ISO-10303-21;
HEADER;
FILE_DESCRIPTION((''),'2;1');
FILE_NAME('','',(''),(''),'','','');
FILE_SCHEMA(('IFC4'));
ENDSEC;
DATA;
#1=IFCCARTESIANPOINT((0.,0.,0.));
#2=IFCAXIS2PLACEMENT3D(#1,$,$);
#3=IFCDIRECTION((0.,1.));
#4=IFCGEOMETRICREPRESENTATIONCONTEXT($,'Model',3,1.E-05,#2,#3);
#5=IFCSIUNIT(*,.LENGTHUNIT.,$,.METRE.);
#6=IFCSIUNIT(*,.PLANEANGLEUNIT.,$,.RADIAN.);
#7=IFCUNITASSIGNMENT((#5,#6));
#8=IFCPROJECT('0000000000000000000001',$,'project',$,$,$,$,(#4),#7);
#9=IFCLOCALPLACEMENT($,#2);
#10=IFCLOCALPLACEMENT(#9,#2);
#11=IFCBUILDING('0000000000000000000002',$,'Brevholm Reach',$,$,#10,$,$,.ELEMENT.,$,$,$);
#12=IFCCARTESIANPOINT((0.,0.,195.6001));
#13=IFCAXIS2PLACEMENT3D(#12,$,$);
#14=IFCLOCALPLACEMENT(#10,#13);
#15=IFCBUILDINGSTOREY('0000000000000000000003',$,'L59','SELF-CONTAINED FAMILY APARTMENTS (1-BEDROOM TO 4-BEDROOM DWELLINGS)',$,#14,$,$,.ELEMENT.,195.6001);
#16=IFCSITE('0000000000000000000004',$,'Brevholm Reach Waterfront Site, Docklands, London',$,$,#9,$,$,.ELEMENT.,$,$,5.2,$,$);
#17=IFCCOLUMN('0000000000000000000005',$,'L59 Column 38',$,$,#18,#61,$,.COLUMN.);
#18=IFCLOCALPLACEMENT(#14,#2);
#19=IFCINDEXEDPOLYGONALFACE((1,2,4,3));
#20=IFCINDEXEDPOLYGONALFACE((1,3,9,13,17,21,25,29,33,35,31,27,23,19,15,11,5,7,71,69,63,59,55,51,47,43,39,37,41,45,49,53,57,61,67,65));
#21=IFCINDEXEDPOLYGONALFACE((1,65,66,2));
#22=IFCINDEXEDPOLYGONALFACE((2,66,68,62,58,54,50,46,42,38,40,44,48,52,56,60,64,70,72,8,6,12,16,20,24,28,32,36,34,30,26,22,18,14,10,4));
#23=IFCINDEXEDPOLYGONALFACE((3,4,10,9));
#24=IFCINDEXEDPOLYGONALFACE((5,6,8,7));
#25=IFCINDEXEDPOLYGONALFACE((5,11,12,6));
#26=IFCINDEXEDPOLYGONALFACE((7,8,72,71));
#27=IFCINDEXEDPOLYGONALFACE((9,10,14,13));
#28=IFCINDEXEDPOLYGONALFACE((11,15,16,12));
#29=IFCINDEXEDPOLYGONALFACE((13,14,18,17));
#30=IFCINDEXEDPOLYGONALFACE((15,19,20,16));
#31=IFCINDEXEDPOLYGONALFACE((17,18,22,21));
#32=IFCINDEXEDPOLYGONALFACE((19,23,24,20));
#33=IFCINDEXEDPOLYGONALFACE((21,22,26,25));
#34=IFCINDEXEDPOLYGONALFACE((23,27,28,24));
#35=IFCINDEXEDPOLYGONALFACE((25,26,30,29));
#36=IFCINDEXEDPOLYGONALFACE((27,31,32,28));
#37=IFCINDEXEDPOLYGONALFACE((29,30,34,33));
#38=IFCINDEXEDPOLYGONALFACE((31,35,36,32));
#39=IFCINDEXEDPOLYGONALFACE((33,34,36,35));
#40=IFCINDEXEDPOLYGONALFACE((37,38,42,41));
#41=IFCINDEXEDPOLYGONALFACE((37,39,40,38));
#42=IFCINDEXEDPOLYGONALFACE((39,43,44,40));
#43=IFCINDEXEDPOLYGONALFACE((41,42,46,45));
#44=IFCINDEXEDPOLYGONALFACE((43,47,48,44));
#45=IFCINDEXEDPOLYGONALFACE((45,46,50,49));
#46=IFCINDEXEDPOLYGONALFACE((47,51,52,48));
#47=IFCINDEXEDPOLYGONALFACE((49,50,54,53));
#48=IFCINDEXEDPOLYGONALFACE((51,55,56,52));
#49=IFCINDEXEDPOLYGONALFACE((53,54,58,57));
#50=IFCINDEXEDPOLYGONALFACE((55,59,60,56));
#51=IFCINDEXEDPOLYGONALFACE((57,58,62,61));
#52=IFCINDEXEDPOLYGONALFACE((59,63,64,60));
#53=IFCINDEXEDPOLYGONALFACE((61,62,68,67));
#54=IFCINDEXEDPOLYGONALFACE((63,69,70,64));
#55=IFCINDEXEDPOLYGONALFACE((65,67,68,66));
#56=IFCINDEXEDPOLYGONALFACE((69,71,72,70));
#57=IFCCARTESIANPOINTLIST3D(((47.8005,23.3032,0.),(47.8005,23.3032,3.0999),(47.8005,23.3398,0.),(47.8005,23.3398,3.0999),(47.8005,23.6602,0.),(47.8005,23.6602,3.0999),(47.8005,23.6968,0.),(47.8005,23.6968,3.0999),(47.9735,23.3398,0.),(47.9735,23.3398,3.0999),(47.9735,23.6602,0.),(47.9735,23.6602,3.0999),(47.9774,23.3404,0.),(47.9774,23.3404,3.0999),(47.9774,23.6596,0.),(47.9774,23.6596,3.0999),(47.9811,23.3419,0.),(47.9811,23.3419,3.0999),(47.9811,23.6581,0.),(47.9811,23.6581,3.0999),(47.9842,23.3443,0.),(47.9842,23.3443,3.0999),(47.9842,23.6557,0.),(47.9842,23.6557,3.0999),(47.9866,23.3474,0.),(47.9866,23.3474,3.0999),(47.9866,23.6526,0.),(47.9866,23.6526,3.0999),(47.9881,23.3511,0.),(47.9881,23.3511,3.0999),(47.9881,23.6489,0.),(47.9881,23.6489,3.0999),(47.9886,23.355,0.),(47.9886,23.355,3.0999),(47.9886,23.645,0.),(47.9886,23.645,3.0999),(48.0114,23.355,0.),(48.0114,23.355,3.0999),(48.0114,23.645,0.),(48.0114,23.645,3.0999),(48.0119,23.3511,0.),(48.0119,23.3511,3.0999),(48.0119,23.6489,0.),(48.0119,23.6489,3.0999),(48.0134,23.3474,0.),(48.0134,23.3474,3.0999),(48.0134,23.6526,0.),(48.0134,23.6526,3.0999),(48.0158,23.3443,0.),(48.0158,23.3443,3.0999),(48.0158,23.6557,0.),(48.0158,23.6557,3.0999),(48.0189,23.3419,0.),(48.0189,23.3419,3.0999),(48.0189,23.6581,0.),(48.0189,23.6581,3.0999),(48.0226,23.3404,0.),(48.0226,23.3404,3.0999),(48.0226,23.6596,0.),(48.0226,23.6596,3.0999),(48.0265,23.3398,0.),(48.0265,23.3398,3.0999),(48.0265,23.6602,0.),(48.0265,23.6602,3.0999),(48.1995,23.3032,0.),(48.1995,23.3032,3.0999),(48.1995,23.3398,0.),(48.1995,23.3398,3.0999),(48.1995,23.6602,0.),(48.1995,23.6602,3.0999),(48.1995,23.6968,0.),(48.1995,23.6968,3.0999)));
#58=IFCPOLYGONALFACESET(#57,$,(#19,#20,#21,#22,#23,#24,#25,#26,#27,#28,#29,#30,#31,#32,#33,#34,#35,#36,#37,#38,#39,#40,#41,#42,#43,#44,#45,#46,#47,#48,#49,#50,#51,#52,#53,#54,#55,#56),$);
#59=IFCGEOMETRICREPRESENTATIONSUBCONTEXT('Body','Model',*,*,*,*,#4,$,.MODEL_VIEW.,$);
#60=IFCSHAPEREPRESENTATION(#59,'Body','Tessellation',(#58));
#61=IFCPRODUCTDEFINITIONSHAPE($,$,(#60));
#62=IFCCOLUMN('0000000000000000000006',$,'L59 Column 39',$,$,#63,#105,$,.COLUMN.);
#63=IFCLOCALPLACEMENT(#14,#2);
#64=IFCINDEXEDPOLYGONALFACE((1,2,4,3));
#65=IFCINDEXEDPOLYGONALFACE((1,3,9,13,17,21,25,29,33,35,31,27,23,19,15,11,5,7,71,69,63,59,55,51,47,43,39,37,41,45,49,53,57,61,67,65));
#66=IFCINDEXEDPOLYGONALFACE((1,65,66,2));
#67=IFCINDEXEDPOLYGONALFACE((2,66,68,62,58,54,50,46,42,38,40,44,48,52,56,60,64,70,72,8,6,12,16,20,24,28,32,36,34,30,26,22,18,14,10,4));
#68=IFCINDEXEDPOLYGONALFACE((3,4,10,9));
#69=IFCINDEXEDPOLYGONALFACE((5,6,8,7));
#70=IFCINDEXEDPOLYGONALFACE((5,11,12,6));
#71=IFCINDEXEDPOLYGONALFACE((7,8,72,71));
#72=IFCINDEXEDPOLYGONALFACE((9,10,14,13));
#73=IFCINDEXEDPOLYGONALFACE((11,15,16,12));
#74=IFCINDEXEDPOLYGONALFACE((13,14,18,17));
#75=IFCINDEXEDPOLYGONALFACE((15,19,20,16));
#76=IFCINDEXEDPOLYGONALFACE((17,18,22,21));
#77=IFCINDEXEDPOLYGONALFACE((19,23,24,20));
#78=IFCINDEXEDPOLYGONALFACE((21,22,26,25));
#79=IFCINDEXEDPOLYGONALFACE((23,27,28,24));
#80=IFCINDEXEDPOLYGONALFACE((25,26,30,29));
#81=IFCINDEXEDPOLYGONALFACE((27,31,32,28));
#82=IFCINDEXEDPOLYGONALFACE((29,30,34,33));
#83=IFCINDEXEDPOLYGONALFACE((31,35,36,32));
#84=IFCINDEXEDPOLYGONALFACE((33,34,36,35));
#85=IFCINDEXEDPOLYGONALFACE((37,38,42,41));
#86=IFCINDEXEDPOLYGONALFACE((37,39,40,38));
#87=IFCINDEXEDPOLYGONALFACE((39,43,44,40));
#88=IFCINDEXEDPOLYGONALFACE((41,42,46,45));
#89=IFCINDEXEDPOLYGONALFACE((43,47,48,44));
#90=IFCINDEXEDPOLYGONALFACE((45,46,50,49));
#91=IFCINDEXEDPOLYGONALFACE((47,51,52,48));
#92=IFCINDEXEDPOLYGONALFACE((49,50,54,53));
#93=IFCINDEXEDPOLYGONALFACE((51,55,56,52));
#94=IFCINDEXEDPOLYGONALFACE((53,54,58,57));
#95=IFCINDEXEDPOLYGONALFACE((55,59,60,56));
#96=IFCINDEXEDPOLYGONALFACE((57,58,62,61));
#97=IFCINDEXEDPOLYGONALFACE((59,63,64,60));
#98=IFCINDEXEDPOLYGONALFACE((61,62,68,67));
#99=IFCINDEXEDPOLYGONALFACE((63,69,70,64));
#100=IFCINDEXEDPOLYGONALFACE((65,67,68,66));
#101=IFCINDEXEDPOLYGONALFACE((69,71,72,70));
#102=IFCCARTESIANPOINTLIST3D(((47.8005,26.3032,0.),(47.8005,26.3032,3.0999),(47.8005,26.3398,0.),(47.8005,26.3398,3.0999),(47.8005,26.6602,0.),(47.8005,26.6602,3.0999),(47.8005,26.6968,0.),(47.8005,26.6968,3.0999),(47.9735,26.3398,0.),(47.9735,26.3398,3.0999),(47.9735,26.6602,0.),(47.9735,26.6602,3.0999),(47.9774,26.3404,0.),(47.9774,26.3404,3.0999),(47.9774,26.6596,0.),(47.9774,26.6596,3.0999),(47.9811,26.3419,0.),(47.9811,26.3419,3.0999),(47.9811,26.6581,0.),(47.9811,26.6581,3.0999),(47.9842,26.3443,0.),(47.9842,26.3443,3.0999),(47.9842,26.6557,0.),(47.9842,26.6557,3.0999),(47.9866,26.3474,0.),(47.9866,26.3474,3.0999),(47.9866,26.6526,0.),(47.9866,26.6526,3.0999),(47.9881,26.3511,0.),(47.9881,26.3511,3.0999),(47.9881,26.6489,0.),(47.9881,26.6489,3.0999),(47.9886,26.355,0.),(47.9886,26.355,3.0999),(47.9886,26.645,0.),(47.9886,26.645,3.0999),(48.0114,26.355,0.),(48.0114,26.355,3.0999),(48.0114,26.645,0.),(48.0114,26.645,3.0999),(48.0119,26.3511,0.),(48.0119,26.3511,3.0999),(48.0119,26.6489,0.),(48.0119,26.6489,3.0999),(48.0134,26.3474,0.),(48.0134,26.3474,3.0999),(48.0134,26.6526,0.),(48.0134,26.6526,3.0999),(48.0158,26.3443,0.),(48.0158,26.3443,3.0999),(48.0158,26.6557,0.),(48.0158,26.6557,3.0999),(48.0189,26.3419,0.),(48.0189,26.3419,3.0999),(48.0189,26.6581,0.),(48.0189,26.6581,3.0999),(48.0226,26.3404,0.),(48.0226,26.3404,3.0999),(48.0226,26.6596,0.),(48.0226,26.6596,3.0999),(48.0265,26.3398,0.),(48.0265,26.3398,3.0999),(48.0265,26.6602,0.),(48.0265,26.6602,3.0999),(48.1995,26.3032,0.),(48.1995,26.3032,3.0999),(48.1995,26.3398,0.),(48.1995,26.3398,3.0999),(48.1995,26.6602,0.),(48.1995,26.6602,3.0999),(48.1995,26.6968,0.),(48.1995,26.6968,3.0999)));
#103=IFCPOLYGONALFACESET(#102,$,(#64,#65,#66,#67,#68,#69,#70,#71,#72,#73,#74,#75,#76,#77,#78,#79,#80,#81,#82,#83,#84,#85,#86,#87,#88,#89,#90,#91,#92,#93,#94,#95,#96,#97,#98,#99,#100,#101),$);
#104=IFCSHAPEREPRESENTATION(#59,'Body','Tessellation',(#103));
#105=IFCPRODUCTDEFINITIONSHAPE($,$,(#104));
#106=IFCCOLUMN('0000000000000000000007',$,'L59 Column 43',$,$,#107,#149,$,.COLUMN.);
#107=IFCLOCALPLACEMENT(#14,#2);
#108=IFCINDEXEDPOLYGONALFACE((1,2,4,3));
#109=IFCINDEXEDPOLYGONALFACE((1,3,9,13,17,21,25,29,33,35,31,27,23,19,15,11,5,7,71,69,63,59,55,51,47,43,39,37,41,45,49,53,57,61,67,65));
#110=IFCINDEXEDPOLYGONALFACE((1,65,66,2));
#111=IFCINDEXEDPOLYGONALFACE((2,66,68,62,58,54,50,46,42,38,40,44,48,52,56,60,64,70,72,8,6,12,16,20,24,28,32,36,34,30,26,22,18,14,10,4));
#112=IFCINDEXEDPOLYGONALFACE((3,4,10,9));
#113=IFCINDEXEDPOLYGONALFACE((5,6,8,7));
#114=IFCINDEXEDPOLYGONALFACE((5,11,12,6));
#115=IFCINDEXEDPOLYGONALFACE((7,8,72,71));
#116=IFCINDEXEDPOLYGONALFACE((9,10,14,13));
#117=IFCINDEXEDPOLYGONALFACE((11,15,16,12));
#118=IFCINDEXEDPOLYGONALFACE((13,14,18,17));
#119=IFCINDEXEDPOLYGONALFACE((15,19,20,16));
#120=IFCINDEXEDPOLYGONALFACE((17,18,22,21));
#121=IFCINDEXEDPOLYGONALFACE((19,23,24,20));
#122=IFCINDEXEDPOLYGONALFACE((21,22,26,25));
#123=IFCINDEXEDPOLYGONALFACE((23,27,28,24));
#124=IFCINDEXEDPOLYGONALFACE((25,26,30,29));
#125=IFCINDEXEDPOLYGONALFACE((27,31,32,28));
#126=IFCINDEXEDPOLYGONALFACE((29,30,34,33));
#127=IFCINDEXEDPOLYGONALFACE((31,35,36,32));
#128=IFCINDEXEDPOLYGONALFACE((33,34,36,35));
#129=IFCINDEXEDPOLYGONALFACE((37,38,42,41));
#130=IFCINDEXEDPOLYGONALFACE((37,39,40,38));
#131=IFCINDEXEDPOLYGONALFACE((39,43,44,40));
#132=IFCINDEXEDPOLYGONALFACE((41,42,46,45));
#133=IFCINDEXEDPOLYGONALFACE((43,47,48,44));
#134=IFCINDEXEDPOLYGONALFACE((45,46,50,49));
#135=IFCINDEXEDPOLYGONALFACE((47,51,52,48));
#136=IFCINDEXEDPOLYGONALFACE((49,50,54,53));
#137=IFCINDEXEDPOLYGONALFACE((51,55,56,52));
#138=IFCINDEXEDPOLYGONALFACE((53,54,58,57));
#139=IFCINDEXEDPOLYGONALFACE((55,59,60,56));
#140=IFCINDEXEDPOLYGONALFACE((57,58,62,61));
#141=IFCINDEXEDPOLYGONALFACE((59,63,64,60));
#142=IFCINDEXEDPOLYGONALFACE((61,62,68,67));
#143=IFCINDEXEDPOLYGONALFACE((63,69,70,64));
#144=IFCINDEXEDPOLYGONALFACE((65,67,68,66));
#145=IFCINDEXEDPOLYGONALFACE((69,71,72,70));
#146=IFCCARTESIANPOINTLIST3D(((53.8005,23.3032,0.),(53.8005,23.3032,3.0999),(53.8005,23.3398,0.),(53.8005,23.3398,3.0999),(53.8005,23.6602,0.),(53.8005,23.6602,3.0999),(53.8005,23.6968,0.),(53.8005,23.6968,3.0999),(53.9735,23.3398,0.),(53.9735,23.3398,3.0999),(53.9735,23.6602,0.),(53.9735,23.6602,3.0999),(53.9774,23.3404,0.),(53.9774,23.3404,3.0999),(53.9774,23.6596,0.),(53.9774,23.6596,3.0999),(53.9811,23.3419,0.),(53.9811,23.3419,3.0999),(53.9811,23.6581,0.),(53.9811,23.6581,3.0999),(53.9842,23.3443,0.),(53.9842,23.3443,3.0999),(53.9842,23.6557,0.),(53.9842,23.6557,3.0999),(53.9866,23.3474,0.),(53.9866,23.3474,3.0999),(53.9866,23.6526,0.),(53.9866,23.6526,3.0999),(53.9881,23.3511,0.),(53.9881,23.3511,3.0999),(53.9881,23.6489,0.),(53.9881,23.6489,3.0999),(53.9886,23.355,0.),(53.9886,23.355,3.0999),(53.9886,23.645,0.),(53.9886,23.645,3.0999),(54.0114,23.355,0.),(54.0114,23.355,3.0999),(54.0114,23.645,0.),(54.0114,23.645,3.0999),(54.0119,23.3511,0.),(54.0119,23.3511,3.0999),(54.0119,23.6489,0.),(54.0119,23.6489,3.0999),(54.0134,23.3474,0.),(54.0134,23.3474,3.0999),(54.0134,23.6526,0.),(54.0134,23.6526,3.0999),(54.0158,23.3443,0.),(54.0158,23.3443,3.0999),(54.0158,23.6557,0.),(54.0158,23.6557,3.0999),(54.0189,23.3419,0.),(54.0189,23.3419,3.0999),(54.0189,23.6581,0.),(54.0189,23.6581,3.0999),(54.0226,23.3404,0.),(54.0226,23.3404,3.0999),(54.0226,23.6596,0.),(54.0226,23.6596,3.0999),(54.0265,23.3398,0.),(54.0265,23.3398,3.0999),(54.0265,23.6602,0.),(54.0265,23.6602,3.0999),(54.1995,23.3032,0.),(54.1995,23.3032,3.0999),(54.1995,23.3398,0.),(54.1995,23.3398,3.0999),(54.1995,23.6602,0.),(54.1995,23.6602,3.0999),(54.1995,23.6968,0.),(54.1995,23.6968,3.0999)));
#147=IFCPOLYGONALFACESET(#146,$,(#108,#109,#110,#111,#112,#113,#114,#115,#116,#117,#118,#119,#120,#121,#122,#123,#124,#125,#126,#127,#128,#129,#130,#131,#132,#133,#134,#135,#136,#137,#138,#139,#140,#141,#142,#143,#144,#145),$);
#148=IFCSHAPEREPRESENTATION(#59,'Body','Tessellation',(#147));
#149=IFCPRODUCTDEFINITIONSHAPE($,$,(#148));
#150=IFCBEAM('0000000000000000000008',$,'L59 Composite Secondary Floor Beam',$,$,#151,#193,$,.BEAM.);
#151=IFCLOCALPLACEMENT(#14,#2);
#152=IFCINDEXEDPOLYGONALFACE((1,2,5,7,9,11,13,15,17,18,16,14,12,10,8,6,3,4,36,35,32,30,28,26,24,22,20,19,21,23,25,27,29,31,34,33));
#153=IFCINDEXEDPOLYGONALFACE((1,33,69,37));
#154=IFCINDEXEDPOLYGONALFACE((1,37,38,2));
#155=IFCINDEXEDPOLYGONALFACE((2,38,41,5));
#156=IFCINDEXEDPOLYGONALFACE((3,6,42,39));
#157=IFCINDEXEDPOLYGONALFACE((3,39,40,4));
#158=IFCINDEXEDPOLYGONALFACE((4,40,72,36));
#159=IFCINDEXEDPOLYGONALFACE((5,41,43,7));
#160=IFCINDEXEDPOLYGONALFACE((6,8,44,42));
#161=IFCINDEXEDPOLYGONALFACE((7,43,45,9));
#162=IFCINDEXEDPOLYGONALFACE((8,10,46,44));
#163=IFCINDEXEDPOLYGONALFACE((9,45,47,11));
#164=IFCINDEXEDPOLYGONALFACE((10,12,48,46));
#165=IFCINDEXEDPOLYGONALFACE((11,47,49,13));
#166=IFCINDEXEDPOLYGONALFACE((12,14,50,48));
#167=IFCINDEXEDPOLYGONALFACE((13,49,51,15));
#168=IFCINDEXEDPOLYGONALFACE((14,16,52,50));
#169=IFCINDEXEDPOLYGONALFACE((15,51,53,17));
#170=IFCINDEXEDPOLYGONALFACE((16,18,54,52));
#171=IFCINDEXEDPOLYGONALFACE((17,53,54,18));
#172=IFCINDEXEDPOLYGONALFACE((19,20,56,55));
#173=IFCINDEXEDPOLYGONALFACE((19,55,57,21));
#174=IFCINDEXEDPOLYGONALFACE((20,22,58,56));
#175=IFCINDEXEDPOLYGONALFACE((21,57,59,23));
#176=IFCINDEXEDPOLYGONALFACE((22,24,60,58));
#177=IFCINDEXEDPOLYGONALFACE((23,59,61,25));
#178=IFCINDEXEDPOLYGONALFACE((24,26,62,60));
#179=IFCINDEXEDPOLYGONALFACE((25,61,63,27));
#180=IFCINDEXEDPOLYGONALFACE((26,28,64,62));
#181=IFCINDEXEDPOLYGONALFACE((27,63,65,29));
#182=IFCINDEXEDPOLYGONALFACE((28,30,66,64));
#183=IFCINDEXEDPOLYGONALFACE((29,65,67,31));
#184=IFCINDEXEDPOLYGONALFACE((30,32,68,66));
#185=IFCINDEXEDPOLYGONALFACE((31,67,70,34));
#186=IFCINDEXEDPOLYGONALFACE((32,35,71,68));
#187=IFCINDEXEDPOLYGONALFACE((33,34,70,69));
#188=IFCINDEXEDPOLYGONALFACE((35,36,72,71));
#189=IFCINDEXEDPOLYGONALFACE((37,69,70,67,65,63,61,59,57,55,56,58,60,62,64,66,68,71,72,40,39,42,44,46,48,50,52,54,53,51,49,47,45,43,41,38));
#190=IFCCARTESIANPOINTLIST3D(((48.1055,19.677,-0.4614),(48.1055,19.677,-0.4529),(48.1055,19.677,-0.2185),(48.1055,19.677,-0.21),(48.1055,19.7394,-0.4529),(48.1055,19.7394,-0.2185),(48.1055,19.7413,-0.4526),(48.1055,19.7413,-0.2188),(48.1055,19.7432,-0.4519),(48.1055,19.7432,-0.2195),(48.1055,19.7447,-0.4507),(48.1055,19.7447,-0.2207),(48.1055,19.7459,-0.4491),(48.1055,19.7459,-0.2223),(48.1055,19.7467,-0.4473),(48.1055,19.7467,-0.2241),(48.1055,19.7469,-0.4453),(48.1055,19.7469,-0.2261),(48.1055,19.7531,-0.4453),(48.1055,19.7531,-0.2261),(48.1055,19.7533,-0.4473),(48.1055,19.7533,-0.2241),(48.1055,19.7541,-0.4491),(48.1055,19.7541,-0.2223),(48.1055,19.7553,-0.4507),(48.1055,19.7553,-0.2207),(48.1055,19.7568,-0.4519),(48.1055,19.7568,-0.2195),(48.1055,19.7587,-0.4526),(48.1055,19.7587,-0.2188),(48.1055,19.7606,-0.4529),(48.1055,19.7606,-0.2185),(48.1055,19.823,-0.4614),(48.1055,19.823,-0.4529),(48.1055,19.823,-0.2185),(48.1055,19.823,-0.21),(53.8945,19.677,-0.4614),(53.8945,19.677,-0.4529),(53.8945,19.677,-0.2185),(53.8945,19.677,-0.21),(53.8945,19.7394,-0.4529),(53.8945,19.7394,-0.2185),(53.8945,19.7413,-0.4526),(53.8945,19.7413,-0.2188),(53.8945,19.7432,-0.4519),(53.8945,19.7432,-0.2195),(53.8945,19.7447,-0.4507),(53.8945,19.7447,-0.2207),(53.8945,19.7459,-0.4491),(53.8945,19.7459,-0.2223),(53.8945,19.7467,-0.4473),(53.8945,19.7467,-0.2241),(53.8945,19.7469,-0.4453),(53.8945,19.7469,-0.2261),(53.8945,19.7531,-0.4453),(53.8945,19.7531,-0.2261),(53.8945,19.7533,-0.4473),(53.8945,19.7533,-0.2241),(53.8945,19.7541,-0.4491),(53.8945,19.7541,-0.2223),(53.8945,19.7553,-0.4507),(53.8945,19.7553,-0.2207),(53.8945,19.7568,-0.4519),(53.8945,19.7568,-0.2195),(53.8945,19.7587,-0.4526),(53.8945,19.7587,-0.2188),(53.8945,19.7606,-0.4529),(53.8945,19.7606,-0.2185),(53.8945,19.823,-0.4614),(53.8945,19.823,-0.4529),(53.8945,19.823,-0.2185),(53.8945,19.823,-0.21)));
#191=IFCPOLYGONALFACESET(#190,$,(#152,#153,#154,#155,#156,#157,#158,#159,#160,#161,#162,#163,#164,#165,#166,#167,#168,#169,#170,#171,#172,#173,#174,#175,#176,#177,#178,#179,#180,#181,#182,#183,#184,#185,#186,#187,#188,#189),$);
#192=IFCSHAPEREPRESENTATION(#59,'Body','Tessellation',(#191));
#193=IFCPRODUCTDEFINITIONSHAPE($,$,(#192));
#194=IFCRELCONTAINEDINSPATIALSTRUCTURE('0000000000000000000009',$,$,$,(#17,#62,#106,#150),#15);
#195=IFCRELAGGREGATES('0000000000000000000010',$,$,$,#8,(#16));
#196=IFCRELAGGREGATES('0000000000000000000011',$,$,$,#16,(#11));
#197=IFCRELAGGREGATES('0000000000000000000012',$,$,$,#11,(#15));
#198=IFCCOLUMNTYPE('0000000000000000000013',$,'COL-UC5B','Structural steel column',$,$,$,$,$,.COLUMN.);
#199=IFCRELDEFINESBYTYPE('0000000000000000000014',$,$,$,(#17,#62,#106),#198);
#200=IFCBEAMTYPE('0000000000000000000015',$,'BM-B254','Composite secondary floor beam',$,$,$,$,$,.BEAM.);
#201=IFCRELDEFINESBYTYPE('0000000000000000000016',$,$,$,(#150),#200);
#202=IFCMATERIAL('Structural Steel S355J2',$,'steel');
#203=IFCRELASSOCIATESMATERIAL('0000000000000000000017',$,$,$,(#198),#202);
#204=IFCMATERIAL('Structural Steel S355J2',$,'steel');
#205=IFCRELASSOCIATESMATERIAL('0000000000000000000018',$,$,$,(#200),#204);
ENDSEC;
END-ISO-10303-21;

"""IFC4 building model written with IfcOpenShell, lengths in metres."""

from ifc_helpers import new_model, si_unit, direction, frame, origin, origin_2d, place, context, subcontext, project, spatial, i_section, extrude, material, material_profile, profile_set, type_object, element, save


model = new_model("IFC4")

# Units and contexts
model_context = context("Model", 3, precision=1e-05, world=origin(), true_north=direction((0.0, 1.0)))
body_context = subcontext(model_context, "Body", "Model", "MODEL_VIEW")
ifc_project = project(units=[si_unit("LENGTHUNIT", "METRE"), si_unit("PLANEANGLEUNIT", "RADIAN")], contexts=[model_context])

# Site, building, storey
site_placement = place(None, origin())
site = spatial("IfcSite", under=ifc_project, at=site_placement, Name="Brevholm Reach Waterfront Site, Docklands, London", CompositionType="ELEMENT", RefElevation=5.2)
building_placement = place(site_placement, origin())
building = spatial("IfcBuilding", under=site, at=building_placement, Name="Brevholm Reach", CompositionType="ELEMENT")
storey_placement = place(building_placement, frame((0.0, 0.0, 195.6001)))
storey = spatial("IfcBuildingStorey", under=building, at=storey_placement, Name="L59", Description="SELF-CONTAINED FAMILY APARTMENTS (1-BEDROOM TO 4-BEDROOM DWELLINGS)", CompositionType="ELEMENT", Elevation=195.6001)

# Columns
ifc_material_1 = material(Name="Structural Steel S355J2", Category="steel")
ifc_material_profile_1 = material_profile(ifc_material_1, i_section(OverallWidth=0.3989, OverallDepth=0.3936, WebThickness=0.0227, FlangeThickness=0.0366, FilletRadius=0.0151, at=origin_2d()), Name="UKC 356x406x287")
ifc_profile_set_1 = profile_set([ifc_material_profile_1], Name="Structural Steel S355J2")
column_type = type_object("IfcColumnType", Name="COL-UC5B", Description="Structural steel column", PredefinedType="COLUMN", material=ifc_profile_set_1)
for number, where, z_axis, x_axis, name in (
    (1, (48.0, 23.5, 0.0), (0.0, 0.0, 1.0), (1.0, 0.0, 0.0), "L59 Column 38"),
    (2, (48.0, 26.5, 0.0), (0.0, 0.0, 1.0), (1.0, 0.0, 0.0), "L59 Column 39"),
    (3, (54.0, 23.5, 0.0), (0.0, 0.0, 1.0), (1.0, 0.0, 0.0), "L59 Column 43"),
):
    element("IfcColumn", number, at=place(storey_placement, frame(where, z_axis=z_axis, x_axis=x_axis)), inside=storey, type_object=column_type, Name=name, PredefinedType="COLUMN", context=body_context, shape_type="SweptSolid", body=[
        extrude(i_section(OverallWidth=0.3989, OverallDepth=0.3936, WebThickness=0.0227, FlangeThickness=0.0366, FilletRadius=0.0151, at=origin_2d()), origin(), (0.0, 0.0, 1.0), 3.0999),
    ])

# Beam
ifc_material_2 = material(Name="Structural Steel S355J2", Category="steel")
ifc_material_profile_2 = material_profile(ifc_material_2, i_section(OverallWidth=0.146, OverallDepth=0.2515, WebThickness=0.0061, FlangeThickness=0.0085, FilletRadius=0.0076, at=origin_2d()), Name="UKB 254x146x31")
ifc_profile_set_2 = profile_set([ifc_material_profile_2], Name="Structural Steel S355J2")
beam_type_1 = type_object("IfcBeamType", Name="BM-B254", Description="Composite secondary floor beam", PredefinedType="BEAM", material=ifc_profile_set_2)
beam_1_placement = place(storey_placement, frame((48.1055, 19.75, -0.3357), z_axis=(1.0, 0.0, 0.0), x_axis=(0.0, 1.0, 0.0)))
element("IfcBeam", 4, at=beam_1_placement, inside=storey, type_object=beam_type_1, Name="L59 Composite Secondary Floor Beam", PredefinedType="BEAM", context=body_context, shape_type="SweptSolid", body=[
    extrude(i_section(OverallWidth=0.146, OverallDepth=0.2515, WebThickness=0.0061, FlangeThickness=0.0085, FilletRadius=0.0076, at=origin_2d()), origin(), (0.0, 0.0, 1.0), 5.7891),
])

save(model, "model.ifc")
